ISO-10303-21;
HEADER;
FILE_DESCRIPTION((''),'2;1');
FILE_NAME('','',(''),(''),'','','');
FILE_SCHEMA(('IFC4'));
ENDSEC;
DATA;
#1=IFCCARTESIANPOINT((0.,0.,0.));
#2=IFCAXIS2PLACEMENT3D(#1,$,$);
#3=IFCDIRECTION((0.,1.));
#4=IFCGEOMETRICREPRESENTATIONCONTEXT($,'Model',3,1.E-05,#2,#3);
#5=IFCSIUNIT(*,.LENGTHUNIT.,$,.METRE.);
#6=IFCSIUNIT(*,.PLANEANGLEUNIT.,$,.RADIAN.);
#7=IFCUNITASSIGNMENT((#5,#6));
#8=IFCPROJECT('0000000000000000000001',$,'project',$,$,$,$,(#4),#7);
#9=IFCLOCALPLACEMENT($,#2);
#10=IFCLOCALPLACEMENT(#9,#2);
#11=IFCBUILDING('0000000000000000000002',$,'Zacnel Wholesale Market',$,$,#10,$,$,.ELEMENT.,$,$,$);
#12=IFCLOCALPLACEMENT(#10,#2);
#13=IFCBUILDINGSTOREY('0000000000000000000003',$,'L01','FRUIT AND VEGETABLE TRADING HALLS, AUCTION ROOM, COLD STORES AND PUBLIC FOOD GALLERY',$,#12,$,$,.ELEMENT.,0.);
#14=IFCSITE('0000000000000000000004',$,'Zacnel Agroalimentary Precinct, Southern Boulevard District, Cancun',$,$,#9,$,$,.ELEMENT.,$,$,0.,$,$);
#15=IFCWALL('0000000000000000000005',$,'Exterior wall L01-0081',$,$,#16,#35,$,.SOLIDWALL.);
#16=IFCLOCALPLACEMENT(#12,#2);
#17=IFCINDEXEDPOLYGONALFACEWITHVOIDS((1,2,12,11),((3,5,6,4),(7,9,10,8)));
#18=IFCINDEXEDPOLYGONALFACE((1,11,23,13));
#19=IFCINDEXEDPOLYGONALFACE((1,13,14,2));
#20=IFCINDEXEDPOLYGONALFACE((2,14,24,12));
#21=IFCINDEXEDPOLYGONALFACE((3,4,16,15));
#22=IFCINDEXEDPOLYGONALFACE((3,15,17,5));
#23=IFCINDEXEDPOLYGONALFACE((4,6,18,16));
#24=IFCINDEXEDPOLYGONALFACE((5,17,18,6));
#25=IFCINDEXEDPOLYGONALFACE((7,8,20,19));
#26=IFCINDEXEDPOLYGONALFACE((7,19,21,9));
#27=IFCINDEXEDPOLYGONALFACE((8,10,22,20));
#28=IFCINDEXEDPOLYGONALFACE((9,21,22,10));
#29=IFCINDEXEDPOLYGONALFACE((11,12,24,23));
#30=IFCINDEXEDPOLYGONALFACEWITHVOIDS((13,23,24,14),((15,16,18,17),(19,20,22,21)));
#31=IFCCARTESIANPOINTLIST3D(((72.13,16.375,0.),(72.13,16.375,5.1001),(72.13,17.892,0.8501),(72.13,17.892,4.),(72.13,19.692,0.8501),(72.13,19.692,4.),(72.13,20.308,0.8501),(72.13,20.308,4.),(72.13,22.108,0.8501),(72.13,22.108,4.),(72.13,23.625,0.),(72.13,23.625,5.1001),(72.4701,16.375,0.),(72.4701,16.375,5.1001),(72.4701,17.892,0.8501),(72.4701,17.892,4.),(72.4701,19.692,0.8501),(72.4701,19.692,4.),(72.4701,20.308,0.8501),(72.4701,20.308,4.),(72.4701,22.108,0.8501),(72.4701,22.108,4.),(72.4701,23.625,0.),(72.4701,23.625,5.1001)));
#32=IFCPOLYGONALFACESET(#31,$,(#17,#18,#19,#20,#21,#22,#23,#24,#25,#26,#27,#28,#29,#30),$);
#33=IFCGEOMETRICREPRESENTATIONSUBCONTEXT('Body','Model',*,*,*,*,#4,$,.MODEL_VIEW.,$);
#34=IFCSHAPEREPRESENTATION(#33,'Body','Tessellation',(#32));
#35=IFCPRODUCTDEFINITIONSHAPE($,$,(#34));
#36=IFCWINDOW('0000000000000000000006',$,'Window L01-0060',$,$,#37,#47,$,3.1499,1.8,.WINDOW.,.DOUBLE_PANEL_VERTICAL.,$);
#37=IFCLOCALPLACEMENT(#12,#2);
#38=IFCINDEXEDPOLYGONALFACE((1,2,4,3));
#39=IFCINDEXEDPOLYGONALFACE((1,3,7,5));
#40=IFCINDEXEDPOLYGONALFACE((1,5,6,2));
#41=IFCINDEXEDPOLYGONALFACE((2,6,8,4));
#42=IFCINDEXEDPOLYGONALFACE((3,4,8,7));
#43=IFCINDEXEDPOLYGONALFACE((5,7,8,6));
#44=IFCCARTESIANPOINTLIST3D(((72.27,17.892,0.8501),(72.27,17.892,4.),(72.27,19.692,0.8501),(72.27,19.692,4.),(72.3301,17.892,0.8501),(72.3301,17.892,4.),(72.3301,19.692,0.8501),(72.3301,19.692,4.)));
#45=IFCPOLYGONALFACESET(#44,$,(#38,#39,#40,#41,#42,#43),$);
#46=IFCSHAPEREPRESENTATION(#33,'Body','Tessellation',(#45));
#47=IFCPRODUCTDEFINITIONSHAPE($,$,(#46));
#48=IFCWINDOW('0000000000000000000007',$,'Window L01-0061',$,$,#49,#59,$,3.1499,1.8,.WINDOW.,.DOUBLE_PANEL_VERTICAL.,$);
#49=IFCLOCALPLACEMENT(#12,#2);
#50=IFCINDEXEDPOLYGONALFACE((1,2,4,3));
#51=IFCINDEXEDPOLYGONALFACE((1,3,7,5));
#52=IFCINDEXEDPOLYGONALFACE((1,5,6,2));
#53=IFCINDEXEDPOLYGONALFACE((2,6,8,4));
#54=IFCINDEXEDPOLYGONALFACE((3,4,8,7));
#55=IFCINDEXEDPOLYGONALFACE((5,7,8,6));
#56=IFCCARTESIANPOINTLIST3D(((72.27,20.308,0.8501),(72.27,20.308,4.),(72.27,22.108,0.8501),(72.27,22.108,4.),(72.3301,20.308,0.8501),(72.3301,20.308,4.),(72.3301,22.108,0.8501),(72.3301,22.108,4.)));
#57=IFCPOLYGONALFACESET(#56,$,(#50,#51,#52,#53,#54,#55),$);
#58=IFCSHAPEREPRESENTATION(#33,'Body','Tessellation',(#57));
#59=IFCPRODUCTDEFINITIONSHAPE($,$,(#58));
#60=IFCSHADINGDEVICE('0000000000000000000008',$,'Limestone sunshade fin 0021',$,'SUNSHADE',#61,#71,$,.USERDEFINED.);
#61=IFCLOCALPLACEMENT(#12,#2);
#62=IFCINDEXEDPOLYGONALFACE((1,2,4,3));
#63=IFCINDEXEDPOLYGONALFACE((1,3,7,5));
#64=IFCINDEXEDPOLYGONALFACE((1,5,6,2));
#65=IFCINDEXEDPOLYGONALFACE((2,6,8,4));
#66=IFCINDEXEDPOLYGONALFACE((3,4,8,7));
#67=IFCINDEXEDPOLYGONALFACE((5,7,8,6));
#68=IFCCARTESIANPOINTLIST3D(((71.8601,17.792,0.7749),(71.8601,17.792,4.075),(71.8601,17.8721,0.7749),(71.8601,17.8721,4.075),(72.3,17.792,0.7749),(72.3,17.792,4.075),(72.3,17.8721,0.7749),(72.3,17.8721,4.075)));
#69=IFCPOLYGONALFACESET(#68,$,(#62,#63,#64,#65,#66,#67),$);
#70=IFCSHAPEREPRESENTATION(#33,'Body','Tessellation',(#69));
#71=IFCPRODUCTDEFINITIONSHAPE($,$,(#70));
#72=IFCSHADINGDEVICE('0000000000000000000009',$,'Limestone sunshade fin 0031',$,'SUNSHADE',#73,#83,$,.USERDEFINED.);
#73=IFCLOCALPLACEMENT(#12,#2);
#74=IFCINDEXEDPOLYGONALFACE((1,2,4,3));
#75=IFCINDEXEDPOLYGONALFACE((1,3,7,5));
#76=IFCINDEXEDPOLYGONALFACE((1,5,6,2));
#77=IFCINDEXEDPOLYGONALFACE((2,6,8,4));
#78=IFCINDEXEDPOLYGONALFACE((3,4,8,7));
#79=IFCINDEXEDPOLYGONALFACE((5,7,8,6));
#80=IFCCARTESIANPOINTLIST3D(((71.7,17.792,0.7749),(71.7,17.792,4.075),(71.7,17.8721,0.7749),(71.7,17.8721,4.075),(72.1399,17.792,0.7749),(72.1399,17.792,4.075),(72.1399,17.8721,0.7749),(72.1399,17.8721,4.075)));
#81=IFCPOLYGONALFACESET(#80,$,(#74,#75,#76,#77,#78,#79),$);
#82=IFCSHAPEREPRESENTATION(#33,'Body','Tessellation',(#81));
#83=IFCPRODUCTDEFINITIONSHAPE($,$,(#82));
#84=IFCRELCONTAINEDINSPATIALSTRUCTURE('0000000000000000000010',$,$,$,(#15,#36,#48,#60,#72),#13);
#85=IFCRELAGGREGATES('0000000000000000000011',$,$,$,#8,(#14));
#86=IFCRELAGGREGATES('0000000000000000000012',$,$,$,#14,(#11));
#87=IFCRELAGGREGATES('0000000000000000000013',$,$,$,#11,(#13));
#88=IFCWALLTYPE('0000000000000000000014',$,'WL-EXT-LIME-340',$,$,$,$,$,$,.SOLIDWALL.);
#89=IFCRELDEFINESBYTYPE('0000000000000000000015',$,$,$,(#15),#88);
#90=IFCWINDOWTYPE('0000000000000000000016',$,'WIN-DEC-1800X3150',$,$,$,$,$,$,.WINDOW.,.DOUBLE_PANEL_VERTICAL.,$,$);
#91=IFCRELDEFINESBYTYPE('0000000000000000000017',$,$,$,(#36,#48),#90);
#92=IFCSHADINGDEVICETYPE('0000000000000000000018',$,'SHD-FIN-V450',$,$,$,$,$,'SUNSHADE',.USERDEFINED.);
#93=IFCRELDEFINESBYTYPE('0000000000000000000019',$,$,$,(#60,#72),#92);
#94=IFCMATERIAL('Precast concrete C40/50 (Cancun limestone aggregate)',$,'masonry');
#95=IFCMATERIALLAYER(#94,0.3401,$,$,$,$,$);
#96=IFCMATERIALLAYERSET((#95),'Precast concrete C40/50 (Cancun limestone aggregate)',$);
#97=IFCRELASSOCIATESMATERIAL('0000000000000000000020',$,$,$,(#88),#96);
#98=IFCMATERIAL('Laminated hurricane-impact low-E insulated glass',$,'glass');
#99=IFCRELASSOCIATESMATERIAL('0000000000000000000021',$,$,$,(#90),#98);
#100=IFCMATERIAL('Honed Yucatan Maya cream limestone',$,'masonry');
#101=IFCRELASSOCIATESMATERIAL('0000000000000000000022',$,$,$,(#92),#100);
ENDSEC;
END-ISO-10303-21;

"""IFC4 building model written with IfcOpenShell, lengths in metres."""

from ifc_helpers import new_model, si_unit, direction, frame, frame_2d, origin, origin_2d, place, context, subcontext, project, spatial, rectangle, extrude, material, layer, layer_set, type_object, element, fill, save


model = new_model("IFC4")

# Units and contexts
model_context = context("Model", 3, precision=1e-05, world=origin(), true_north=direction((0.0, 1.0)))
body_context = subcontext(model_context, "Body", "Model", "MODEL_VIEW")
ifc_project = project(units=[si_unit("LENGTHUNIT", "METRE"), si_unit("PLANEANGLEUNIT", "RADIAN")], contexts=[model_context])

# Site, building, storey
site_placement = place(None, origin())
site = spatial("IfcSite", under=ifc_project, at=site_placement, Name="Zacnel Agroalimentary Precinct, Southern Boulevard District, Cancun", CompositionType="ELEMENT", RefElevation=0.0)
building_placement = place(site_placement, origin())
building = spatial("IfcBuilding", under=site, at=building_placement, Name="Zacnel Wholesale Market", CompositionType="ELEMENT")
storey_placement = place(building_placement, origin())
storey = spatial("IfcBuildingStorey", under=building, at=storey_placement, Name="L01", Description="FRUIT AND VEGETABLE TRADING HALLS, AUCTION ROOM, COLD STORES AND PUBLIC FOOD GALLERY", CompositionType="ELEMENT", Elevation=0.0)

# Wall, openings, windows
ifc_material_1 = material(Name="Precast concrete C40/50 (Cancun limestone aggregate)", Category="masonry")
ifc_layer_1 = layer(ifc_material_1, 0.3401)
ifc_layer_set_1 = layer_set([ifc_layer_1], Name="Precast concrete C40/50 (Cancun limestone aggregate)")
wall_type = type_object("IfcWallType", Name="WL-EXT-LIME-340", PredefinedType="SOLIDWALL", material=ifc_layer_set_1)
ifc_material_2 = material(Name="Laminated hurricane-impact low-E insulated glass", Category="glass")
window_type = type_object("IfcWindowType", Name="WIN-DEC-1800X3150", PartitioningType="DOUBLE_PANEL_VERTICAL", PredefinedType="WINDOW", material=ifc_material_2)
wall_1_placement = place(storey_placement, frame((72.3, 16.375, 0.0), z_axis=(0.0, 0.0, 1.0), x_axis=(0.0, 1.0, 0.0)))
wall_1 = element("IfcWall", 1, at=wall_1_placement, inside=storey, type_object=wall_type, Name="Exterior wall L01-0081", PredefinedType="SOLIDWALL", context=body_context, shape_type="SweptSolid", body=[
    extrude(rectangle(XDim=7.25, YDim=0.3401, at=frame_2d((3.625, 0.0))), origin(), (0.0, 0.0, 1.0), 5.1001),
])
opening_1_placement = place(wall_1_placement, frame((1.5171, 0.0, 0.8501)))
opening_1 = element("IfcOpeningElement", 2, at=opening_1_placement, cuts=wall_1, PredefinedType="OPENING", context=body_context, shape_type="SweptSolid", body=[
    extrude(rectangle(XDim=1.8, YDim=3.1499, at=frame_2d((0.8999, 1.575))), frame((0.0, 0.1799, 0.0), z_axis=(0.0, -1.0, 0.0), x_axis=(1.0, 0.0, 0.0)), (0.0, 0.0, 1.0), 0.3601),
])
opening_2_placement = place(wall_1_placement, frame((3.9331, 0.0, 0.8501)))
opening_2 = element("IfcOpeningElement", 3, at=opening_2_placement, cuts=wall_1, PredefinedType="OPENING", context=body_context, shape_type="SweptSolid", body=[
    extrude(rectangle(XDim=1.8, YDim=3.1499, at=frame_2d((0.8999, 1.575))), frame((0.0, 0.1799, 0.0), z_axis=(0.0, -1.0, 0.0), x_axis=(1.0, 0.0, 0.0)), (0.0, 0.0, 1.0), 0.3601),
])
window_1_placement = place(opening_1_placement, origin())
window_1 = element("IfcWindow", 4, at=window_1_placement, inside=storey, type_object=window_type, Name="Window L01-0060", OverallHeight=3.1499, OverallWidth=1.8, PartitioningType="DOUBLE_PANEL_VERTICAL", PredefinedType="WINDOW", context=body_context, shape_type="SweptSolid", body=[
    extrude(rectangle(XDim=1.8, YDim=3.1499, at=frame_2d((0.8999, 1.575))), frame((0.0, 0.03, 0.0), z_axis=(0.0, -1.0, 0.0), x_axis=(1.0, 0.0, 0.0)), (0.0, 0.0, 1.0), 0.0601),
])
fill(opening_1, window_1)
window_2_placement = place(opening_2_placement, origin())
window_2 = element("IfcWindow", 5, at=window_2_placement, inside=storey, type_object=window_type, Name="Window L01-0061", OverallHeight=3.1499, OverallWidth=1.8, PartitioningType="DOUBLE_PANEL_VERTICAL", PredefinedType="WINDOW", context=body_context, shape_type="SweptSolid", body=[
    extrude(rectangle(XDim=1.8, YDim=3.1499, at=frame_2d((0.8999, 1.575))), frame((0.0, 0.03, 0.0), z_axis=(0.0, -1.0, 0.0), x_axis=(1.0, 0.0, 0.0)), (0.0, 0.0, 1.0), 0.0601),
])
fill(opening_2, window_2)

# Shading devices
ifc_material_3 = material(Name="Honed Yucatan Maya cream limestone", Category="masonry")
shading_device_type = type_object("IfcShadingDeviceType", Name="SHD-FIN-V450", ElementType="SUNSHADE", PredefinedType="USERDEFINED", material=ifc_material_3)
for number, where, z_axis, x_axis, name in (
    (6, (72.0801, 17.832, 0.7749), (0.0, 0.0, 1.0), (0.0, 1.0, 0.0), "Limestone sunshade fin 0021"),
    (7, (71.9199, 17.832, 0.7749), (0.0, 0.0, 1.0), (0.0, 1.0, 0.0), "Limestone sunshade fin 0031"),
):
    element("IfcShadingDevice", number, at=place(storey_placement, frame(where, z_axis=z_axis, x_axis=x_axis)), inside=storey, type_object=shading_device_type, Name=name, ObjectType="SUNSHADE", PredefinedType="USERDEFINED", context=body_context, shape_type="SweptSolid", body=[
        extrude(rectangle(XDim=0.0801, YDim=0.4399, at=origin_2d()), origin(), (0.0, 0.0, 1.0), 3.3),
    ])

save(model, "model.ifc")
